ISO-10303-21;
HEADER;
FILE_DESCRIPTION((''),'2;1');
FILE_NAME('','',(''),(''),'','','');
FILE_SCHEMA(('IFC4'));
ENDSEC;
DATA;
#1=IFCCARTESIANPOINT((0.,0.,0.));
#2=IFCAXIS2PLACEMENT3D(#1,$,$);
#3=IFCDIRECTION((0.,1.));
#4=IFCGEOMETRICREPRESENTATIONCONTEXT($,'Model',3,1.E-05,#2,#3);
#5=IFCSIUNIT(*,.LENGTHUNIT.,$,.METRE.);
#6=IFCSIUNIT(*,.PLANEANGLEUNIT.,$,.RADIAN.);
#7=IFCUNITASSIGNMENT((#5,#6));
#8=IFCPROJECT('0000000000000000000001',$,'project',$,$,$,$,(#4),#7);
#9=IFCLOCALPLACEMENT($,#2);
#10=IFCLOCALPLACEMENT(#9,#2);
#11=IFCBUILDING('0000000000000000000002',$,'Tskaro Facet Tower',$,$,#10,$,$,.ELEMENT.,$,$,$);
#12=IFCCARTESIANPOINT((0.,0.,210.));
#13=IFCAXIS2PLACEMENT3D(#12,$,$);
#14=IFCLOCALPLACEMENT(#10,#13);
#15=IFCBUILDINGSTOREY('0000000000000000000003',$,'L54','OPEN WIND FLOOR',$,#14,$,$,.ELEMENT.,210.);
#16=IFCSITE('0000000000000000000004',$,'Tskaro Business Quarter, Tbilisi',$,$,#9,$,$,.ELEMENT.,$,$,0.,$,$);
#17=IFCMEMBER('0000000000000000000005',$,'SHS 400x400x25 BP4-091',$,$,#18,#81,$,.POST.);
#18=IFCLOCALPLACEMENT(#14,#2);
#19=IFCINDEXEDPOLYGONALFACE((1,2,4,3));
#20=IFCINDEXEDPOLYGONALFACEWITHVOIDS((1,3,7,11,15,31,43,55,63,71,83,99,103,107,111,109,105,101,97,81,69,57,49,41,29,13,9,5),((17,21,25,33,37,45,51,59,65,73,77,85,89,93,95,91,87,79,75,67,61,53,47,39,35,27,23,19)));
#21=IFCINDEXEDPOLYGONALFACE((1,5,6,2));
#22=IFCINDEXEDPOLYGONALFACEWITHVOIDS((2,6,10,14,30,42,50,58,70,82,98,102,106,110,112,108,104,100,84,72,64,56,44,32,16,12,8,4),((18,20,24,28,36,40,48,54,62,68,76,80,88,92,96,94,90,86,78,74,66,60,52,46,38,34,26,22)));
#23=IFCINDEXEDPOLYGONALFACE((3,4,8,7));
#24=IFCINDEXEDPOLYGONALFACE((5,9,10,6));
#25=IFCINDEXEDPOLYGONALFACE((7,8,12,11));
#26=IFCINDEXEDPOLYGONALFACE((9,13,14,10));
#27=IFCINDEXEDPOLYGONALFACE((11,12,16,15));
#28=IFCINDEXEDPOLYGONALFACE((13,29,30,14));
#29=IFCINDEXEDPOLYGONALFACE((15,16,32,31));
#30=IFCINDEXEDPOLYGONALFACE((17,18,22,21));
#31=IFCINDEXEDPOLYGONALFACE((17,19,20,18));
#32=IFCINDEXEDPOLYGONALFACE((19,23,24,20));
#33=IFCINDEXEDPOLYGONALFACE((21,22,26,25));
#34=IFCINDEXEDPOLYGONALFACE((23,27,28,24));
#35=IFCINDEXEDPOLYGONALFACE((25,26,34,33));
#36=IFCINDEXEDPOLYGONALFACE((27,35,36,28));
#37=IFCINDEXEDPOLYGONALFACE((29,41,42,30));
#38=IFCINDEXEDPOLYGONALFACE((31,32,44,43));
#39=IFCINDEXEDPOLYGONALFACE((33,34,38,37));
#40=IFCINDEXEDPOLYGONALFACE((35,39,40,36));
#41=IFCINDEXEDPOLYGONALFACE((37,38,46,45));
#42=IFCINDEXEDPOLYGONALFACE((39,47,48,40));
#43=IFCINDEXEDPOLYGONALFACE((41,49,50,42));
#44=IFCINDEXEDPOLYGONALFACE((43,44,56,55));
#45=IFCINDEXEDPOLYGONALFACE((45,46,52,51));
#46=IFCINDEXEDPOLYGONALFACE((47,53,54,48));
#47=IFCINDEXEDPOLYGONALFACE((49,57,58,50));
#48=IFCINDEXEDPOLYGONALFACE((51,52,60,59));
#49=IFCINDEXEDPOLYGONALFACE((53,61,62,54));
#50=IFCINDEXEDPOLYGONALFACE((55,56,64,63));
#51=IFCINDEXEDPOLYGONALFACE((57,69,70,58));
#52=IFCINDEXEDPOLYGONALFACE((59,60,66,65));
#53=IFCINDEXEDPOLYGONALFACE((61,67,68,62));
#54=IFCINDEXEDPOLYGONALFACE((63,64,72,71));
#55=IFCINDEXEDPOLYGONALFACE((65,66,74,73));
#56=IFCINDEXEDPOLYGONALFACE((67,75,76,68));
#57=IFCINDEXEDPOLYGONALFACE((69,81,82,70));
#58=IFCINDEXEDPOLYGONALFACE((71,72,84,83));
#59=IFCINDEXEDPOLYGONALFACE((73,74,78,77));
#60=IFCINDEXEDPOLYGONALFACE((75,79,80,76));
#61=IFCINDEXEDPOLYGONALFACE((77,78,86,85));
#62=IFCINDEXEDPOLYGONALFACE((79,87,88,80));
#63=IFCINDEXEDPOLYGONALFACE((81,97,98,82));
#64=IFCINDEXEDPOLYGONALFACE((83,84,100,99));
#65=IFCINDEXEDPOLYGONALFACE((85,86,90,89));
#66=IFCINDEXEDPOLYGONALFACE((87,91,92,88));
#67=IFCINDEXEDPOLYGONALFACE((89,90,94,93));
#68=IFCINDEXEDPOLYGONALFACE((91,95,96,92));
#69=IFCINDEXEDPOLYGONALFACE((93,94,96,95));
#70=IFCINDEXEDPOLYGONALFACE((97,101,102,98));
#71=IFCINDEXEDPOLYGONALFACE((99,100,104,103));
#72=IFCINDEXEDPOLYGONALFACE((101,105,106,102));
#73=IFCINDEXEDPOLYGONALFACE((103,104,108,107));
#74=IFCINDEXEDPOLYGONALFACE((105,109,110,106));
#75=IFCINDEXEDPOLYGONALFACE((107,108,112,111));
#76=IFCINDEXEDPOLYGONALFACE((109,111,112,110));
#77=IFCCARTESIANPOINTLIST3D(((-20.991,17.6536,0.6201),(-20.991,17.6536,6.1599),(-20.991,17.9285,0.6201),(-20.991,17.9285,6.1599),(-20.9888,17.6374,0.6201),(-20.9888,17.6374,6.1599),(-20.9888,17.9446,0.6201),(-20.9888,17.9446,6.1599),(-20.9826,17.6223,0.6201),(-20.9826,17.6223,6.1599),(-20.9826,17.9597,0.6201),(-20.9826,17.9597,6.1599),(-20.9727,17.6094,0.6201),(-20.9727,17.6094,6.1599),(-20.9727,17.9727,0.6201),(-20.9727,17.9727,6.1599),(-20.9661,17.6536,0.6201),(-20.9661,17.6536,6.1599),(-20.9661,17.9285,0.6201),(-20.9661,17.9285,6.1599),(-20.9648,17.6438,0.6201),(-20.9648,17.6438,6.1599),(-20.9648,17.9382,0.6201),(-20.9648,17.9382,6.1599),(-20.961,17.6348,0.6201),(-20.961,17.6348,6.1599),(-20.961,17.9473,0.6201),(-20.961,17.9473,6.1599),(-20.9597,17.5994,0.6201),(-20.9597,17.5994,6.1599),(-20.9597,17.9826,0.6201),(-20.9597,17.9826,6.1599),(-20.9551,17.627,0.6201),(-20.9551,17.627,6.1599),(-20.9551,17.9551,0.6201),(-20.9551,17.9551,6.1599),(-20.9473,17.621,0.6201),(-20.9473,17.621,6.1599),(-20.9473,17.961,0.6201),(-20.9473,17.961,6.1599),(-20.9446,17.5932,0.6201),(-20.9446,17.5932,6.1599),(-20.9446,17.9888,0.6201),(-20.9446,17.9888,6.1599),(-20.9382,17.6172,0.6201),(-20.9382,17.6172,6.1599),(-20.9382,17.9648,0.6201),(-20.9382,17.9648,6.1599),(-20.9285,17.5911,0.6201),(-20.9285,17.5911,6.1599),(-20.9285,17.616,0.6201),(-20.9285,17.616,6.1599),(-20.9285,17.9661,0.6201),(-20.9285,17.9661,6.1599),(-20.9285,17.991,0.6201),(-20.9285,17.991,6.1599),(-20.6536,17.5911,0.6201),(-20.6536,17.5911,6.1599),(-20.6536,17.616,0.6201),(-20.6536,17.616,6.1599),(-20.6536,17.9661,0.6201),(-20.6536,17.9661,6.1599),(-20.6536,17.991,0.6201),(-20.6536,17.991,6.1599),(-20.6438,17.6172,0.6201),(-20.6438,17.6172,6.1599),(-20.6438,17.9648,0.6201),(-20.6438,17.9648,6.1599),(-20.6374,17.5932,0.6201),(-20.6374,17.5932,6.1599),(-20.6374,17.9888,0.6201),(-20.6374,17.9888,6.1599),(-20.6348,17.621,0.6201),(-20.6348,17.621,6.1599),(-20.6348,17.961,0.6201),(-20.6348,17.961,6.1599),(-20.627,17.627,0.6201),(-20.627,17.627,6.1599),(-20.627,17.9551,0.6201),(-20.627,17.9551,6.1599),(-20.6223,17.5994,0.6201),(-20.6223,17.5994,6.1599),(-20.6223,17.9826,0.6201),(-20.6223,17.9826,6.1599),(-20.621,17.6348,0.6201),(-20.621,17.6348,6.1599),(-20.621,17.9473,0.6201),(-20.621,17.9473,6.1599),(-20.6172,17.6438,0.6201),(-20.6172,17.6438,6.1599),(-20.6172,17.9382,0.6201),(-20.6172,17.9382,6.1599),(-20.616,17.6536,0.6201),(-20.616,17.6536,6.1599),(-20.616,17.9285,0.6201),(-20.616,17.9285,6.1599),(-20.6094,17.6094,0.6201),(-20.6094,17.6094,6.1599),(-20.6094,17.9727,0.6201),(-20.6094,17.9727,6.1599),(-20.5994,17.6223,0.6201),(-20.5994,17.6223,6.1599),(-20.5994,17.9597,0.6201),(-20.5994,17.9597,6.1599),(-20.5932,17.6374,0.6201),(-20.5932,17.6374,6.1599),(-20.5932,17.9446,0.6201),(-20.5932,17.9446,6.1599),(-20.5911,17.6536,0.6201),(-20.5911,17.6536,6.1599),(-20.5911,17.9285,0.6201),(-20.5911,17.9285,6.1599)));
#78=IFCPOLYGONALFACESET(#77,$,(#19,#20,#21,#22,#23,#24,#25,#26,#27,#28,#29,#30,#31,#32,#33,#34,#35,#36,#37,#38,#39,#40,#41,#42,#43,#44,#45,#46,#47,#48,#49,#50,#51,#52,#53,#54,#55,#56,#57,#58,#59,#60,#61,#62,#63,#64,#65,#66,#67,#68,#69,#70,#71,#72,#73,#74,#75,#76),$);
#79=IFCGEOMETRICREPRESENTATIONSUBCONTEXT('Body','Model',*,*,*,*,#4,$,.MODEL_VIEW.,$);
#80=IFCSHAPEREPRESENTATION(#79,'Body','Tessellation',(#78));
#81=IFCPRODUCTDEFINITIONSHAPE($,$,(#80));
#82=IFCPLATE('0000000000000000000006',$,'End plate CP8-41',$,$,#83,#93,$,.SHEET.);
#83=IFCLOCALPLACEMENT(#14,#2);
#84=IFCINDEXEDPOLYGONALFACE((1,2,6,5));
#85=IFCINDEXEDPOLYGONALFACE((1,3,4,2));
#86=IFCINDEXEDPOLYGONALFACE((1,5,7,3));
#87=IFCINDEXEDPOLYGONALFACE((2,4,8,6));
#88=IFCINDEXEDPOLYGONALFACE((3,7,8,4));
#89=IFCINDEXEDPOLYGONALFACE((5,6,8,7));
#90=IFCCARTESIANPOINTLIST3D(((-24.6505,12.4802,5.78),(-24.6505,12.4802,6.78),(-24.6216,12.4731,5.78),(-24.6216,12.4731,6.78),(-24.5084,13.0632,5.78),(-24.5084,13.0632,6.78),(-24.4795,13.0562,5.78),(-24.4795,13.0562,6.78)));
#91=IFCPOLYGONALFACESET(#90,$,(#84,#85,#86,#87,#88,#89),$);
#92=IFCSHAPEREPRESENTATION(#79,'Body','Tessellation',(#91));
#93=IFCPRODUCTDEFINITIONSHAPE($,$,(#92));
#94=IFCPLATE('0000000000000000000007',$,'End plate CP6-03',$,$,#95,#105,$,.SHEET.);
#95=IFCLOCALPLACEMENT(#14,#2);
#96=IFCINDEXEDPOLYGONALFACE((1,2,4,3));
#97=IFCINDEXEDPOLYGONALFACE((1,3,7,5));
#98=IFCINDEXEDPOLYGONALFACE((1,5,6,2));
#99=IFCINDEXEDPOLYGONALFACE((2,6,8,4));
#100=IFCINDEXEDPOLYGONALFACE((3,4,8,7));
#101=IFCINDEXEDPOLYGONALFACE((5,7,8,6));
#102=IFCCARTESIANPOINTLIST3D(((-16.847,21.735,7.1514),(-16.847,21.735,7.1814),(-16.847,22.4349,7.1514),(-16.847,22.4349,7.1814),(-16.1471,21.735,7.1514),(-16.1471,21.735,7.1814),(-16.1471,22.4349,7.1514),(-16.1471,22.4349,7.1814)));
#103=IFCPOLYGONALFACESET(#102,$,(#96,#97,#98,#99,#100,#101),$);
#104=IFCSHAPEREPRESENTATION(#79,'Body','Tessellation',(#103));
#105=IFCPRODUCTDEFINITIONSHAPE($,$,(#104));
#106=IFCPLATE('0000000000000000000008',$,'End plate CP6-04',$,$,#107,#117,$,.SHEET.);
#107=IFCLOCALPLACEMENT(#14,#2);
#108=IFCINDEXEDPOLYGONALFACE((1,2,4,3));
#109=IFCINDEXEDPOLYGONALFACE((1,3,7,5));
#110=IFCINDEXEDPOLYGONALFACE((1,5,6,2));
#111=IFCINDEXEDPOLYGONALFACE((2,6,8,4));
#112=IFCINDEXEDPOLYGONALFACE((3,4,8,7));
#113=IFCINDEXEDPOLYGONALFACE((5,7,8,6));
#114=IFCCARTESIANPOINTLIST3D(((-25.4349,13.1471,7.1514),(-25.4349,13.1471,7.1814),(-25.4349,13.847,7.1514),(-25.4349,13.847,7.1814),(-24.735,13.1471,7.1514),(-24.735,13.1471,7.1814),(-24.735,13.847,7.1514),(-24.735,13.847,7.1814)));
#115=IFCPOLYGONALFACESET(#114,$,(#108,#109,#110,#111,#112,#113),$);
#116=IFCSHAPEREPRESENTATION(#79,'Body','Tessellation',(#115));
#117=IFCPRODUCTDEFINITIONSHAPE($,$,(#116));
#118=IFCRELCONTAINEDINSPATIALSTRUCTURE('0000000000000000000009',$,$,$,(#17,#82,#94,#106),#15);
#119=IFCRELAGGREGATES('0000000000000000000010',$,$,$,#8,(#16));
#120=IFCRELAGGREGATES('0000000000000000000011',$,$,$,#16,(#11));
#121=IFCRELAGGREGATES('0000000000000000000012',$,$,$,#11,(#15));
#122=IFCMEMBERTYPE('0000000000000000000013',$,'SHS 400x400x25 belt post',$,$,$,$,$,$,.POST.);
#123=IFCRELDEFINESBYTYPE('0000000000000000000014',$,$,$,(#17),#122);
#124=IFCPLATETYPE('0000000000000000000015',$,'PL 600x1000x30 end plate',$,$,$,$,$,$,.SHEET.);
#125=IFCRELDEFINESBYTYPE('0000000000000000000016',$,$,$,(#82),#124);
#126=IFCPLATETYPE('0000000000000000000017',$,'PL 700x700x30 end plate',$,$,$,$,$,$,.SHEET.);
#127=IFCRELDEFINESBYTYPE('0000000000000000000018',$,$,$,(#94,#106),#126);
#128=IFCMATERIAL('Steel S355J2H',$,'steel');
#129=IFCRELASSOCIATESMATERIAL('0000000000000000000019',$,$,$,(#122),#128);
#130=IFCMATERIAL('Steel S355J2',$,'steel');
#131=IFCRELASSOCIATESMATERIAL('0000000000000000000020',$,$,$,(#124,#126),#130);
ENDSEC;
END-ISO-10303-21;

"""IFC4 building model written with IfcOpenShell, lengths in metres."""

from ifc_helpers import new_model, si_unit, direction, frame, origin, origin_2d, place, context, subcontext, project, spatial, rectangle, hollow_rectangle, extrude, material, material_profile, profile_set, type_object, element, save


model = new_model("IFC4")

# Units and contexts
model_context = context("Model", 3, precision=1e-05, world=origin(), true_north=direction((0.0, 1.0)))
body_context = subcontext(model_context, "Body", "Model", "MODEL_VIEW")
ifc_project = project(units=[si_unit("LENGTHUNIT", "METRE"), si_unit("PLANEANGLEUNIT", "RADIAN")], contexts=[model_context])

# Site, building, storey
site_placement = place(None, origin())
site = spatial("IfcSite", under=ifc_project, at=site_placement, Name="Tskaro Business Quarter, Tbilisi", CompositionType="ELEMENT", RefElevation=0.0)
building_placement = place(site_placement, origin())
building = spatial("IfcBuilding", under=site, at=building_placement, Name="Tskaro Facet Tower", CompositionType="ELEMENT")
storey_placement = place(building_placement, frame((0.0, 0.0, 210.0)))
storey = spatial("IfcBuildingStorey", under=building, at=storey_placement, Name="L54", Description="OPEN WIND FLOOR", CompositionType="ELEMENT", Elevation=210.0)

# Shared definitions
ifc_material_1 = material(Name="Steel S355J2H", Category="steel")

# Shared definitions
ifc_material_2 = material(Name="Steel S355J2", Category="steel")

# Member
ifc_material_profile_1 = material_profile(ifc_material_1, hollow_rectangle(XDim=0.3999, YDim=0.3999, WallThickness=0.0249, InnerFilletRadius=0.0376, OuterFilletRadius=0.0625, at=origin_2d()), Name="SHS 400x400x25")
ifc_profile_set_1 = profile_set([ifc_material_profile_1], Name="Steel S355J2H")
member_type_1 = type_object("IfcMemberType", Name="SHS 400x400x25 belt post", PredefinedType="POST", material=ifc_profile_set_1)
member_1_placement = place(storey_placement, frame((-20.791, 17.791, 0.6201), z_axis=(0.0, 0.0, 1.0), x_axis=(1.0, 0.0, 0.0)))
element("IfcMember", 1, at=member_1_placement, inside=storey, type_object=member_type_1, Name="SHS 400x400x25 BP4-091", PredefinedType="POST", context=body_context, shape_type="SweptSolid", body=[
    extrude(hollow_rectangle(XDim=0.3999, YDim=0.3999, WallThickness=0.0249, InnerFilletRadius=0.0376, OuterFilletRadius=0.0625, at=origin_2d()), origin(), (0.0, 0.0, 1.0), 5.5398),
])

# Plates
ifc_material_profile_2 = material_profile(ifc_material_2, rectangle(XDim=0.6001, YDim=1.0, at=origin_2d()), Name="PL 600x1000x30 end plate")
ifc_profile_set_2 = profile_set([ifc_material_profile_2], Name="Steel S355J2")
plate_type_1 = type_object("IfcPlateType", Name="PL 600x1000x30 end plate", PredefinedType="SHEET", material=ifc_profile_set_2)
plate_placement = place(storey_placement, frame((-24.5505, 12.7646, 6.28), z_axis=(-0.971566, 0.236768, 0.0), x_axis=(-0.236768, -0.971566, 0.0)))
element("IfcPlate", 2, at=plate_placement, inside=storey, type_object=plate_type_1, Name="End plate CP8-41", PredefinedType="SHEET", context=body_context, shape_type="SweptSolid", body=[
    extrude(rectangle(XDim=0.6001, YDim=1.0, at=origin_2d()), origin(), (0.0, 0.0, 1.0), 0.0298),
])
ifc_material_profile_3 = material_profile(ifc_material_2, rectangle(XDim=0.7, YDim=0.7, at=origin_2d()), Name="PL 700x700x30 end plate")
ifc_profile_set_3 = profile_set([ifc_material_profile_3], Name="Steel S355J2")
plate_type_2 = type_object("IfcPlateType", Name="PL 700x700x30 end plate", PredefinedType="SHEET", material=ifc_profile_set_3)
for number, where, z_axis, x_axis, name in (
    (3, (-16.4971, 22.085, 7.1514), (0.0, 0.0, 1.0), (1.0, 0.0, 0.0), "End plate CP6-03"),
    (4, (-25.085, 13.4971, 7.1514), (0.0, 0.0, 1.0), (1.0, 0.0, 0.0), "End plate CP6-04"),
):
    element("IfcPlate", number, at=place(storey_placement, frame(where, z_axis=z_axis, x_axis=x_axis)), inside=storey, type_object=plate_type_2, Name=name, PredefinedType="SHEET", context=body_context, shape_type="SweptSolid", body=[
        extrude(rectangle(XDim=0.7, YDim=0.7, at=origin_2d()), origin(), (0.0, 0.0, 1.0), 0.03),
    ])

save(model, "model.ifc")
